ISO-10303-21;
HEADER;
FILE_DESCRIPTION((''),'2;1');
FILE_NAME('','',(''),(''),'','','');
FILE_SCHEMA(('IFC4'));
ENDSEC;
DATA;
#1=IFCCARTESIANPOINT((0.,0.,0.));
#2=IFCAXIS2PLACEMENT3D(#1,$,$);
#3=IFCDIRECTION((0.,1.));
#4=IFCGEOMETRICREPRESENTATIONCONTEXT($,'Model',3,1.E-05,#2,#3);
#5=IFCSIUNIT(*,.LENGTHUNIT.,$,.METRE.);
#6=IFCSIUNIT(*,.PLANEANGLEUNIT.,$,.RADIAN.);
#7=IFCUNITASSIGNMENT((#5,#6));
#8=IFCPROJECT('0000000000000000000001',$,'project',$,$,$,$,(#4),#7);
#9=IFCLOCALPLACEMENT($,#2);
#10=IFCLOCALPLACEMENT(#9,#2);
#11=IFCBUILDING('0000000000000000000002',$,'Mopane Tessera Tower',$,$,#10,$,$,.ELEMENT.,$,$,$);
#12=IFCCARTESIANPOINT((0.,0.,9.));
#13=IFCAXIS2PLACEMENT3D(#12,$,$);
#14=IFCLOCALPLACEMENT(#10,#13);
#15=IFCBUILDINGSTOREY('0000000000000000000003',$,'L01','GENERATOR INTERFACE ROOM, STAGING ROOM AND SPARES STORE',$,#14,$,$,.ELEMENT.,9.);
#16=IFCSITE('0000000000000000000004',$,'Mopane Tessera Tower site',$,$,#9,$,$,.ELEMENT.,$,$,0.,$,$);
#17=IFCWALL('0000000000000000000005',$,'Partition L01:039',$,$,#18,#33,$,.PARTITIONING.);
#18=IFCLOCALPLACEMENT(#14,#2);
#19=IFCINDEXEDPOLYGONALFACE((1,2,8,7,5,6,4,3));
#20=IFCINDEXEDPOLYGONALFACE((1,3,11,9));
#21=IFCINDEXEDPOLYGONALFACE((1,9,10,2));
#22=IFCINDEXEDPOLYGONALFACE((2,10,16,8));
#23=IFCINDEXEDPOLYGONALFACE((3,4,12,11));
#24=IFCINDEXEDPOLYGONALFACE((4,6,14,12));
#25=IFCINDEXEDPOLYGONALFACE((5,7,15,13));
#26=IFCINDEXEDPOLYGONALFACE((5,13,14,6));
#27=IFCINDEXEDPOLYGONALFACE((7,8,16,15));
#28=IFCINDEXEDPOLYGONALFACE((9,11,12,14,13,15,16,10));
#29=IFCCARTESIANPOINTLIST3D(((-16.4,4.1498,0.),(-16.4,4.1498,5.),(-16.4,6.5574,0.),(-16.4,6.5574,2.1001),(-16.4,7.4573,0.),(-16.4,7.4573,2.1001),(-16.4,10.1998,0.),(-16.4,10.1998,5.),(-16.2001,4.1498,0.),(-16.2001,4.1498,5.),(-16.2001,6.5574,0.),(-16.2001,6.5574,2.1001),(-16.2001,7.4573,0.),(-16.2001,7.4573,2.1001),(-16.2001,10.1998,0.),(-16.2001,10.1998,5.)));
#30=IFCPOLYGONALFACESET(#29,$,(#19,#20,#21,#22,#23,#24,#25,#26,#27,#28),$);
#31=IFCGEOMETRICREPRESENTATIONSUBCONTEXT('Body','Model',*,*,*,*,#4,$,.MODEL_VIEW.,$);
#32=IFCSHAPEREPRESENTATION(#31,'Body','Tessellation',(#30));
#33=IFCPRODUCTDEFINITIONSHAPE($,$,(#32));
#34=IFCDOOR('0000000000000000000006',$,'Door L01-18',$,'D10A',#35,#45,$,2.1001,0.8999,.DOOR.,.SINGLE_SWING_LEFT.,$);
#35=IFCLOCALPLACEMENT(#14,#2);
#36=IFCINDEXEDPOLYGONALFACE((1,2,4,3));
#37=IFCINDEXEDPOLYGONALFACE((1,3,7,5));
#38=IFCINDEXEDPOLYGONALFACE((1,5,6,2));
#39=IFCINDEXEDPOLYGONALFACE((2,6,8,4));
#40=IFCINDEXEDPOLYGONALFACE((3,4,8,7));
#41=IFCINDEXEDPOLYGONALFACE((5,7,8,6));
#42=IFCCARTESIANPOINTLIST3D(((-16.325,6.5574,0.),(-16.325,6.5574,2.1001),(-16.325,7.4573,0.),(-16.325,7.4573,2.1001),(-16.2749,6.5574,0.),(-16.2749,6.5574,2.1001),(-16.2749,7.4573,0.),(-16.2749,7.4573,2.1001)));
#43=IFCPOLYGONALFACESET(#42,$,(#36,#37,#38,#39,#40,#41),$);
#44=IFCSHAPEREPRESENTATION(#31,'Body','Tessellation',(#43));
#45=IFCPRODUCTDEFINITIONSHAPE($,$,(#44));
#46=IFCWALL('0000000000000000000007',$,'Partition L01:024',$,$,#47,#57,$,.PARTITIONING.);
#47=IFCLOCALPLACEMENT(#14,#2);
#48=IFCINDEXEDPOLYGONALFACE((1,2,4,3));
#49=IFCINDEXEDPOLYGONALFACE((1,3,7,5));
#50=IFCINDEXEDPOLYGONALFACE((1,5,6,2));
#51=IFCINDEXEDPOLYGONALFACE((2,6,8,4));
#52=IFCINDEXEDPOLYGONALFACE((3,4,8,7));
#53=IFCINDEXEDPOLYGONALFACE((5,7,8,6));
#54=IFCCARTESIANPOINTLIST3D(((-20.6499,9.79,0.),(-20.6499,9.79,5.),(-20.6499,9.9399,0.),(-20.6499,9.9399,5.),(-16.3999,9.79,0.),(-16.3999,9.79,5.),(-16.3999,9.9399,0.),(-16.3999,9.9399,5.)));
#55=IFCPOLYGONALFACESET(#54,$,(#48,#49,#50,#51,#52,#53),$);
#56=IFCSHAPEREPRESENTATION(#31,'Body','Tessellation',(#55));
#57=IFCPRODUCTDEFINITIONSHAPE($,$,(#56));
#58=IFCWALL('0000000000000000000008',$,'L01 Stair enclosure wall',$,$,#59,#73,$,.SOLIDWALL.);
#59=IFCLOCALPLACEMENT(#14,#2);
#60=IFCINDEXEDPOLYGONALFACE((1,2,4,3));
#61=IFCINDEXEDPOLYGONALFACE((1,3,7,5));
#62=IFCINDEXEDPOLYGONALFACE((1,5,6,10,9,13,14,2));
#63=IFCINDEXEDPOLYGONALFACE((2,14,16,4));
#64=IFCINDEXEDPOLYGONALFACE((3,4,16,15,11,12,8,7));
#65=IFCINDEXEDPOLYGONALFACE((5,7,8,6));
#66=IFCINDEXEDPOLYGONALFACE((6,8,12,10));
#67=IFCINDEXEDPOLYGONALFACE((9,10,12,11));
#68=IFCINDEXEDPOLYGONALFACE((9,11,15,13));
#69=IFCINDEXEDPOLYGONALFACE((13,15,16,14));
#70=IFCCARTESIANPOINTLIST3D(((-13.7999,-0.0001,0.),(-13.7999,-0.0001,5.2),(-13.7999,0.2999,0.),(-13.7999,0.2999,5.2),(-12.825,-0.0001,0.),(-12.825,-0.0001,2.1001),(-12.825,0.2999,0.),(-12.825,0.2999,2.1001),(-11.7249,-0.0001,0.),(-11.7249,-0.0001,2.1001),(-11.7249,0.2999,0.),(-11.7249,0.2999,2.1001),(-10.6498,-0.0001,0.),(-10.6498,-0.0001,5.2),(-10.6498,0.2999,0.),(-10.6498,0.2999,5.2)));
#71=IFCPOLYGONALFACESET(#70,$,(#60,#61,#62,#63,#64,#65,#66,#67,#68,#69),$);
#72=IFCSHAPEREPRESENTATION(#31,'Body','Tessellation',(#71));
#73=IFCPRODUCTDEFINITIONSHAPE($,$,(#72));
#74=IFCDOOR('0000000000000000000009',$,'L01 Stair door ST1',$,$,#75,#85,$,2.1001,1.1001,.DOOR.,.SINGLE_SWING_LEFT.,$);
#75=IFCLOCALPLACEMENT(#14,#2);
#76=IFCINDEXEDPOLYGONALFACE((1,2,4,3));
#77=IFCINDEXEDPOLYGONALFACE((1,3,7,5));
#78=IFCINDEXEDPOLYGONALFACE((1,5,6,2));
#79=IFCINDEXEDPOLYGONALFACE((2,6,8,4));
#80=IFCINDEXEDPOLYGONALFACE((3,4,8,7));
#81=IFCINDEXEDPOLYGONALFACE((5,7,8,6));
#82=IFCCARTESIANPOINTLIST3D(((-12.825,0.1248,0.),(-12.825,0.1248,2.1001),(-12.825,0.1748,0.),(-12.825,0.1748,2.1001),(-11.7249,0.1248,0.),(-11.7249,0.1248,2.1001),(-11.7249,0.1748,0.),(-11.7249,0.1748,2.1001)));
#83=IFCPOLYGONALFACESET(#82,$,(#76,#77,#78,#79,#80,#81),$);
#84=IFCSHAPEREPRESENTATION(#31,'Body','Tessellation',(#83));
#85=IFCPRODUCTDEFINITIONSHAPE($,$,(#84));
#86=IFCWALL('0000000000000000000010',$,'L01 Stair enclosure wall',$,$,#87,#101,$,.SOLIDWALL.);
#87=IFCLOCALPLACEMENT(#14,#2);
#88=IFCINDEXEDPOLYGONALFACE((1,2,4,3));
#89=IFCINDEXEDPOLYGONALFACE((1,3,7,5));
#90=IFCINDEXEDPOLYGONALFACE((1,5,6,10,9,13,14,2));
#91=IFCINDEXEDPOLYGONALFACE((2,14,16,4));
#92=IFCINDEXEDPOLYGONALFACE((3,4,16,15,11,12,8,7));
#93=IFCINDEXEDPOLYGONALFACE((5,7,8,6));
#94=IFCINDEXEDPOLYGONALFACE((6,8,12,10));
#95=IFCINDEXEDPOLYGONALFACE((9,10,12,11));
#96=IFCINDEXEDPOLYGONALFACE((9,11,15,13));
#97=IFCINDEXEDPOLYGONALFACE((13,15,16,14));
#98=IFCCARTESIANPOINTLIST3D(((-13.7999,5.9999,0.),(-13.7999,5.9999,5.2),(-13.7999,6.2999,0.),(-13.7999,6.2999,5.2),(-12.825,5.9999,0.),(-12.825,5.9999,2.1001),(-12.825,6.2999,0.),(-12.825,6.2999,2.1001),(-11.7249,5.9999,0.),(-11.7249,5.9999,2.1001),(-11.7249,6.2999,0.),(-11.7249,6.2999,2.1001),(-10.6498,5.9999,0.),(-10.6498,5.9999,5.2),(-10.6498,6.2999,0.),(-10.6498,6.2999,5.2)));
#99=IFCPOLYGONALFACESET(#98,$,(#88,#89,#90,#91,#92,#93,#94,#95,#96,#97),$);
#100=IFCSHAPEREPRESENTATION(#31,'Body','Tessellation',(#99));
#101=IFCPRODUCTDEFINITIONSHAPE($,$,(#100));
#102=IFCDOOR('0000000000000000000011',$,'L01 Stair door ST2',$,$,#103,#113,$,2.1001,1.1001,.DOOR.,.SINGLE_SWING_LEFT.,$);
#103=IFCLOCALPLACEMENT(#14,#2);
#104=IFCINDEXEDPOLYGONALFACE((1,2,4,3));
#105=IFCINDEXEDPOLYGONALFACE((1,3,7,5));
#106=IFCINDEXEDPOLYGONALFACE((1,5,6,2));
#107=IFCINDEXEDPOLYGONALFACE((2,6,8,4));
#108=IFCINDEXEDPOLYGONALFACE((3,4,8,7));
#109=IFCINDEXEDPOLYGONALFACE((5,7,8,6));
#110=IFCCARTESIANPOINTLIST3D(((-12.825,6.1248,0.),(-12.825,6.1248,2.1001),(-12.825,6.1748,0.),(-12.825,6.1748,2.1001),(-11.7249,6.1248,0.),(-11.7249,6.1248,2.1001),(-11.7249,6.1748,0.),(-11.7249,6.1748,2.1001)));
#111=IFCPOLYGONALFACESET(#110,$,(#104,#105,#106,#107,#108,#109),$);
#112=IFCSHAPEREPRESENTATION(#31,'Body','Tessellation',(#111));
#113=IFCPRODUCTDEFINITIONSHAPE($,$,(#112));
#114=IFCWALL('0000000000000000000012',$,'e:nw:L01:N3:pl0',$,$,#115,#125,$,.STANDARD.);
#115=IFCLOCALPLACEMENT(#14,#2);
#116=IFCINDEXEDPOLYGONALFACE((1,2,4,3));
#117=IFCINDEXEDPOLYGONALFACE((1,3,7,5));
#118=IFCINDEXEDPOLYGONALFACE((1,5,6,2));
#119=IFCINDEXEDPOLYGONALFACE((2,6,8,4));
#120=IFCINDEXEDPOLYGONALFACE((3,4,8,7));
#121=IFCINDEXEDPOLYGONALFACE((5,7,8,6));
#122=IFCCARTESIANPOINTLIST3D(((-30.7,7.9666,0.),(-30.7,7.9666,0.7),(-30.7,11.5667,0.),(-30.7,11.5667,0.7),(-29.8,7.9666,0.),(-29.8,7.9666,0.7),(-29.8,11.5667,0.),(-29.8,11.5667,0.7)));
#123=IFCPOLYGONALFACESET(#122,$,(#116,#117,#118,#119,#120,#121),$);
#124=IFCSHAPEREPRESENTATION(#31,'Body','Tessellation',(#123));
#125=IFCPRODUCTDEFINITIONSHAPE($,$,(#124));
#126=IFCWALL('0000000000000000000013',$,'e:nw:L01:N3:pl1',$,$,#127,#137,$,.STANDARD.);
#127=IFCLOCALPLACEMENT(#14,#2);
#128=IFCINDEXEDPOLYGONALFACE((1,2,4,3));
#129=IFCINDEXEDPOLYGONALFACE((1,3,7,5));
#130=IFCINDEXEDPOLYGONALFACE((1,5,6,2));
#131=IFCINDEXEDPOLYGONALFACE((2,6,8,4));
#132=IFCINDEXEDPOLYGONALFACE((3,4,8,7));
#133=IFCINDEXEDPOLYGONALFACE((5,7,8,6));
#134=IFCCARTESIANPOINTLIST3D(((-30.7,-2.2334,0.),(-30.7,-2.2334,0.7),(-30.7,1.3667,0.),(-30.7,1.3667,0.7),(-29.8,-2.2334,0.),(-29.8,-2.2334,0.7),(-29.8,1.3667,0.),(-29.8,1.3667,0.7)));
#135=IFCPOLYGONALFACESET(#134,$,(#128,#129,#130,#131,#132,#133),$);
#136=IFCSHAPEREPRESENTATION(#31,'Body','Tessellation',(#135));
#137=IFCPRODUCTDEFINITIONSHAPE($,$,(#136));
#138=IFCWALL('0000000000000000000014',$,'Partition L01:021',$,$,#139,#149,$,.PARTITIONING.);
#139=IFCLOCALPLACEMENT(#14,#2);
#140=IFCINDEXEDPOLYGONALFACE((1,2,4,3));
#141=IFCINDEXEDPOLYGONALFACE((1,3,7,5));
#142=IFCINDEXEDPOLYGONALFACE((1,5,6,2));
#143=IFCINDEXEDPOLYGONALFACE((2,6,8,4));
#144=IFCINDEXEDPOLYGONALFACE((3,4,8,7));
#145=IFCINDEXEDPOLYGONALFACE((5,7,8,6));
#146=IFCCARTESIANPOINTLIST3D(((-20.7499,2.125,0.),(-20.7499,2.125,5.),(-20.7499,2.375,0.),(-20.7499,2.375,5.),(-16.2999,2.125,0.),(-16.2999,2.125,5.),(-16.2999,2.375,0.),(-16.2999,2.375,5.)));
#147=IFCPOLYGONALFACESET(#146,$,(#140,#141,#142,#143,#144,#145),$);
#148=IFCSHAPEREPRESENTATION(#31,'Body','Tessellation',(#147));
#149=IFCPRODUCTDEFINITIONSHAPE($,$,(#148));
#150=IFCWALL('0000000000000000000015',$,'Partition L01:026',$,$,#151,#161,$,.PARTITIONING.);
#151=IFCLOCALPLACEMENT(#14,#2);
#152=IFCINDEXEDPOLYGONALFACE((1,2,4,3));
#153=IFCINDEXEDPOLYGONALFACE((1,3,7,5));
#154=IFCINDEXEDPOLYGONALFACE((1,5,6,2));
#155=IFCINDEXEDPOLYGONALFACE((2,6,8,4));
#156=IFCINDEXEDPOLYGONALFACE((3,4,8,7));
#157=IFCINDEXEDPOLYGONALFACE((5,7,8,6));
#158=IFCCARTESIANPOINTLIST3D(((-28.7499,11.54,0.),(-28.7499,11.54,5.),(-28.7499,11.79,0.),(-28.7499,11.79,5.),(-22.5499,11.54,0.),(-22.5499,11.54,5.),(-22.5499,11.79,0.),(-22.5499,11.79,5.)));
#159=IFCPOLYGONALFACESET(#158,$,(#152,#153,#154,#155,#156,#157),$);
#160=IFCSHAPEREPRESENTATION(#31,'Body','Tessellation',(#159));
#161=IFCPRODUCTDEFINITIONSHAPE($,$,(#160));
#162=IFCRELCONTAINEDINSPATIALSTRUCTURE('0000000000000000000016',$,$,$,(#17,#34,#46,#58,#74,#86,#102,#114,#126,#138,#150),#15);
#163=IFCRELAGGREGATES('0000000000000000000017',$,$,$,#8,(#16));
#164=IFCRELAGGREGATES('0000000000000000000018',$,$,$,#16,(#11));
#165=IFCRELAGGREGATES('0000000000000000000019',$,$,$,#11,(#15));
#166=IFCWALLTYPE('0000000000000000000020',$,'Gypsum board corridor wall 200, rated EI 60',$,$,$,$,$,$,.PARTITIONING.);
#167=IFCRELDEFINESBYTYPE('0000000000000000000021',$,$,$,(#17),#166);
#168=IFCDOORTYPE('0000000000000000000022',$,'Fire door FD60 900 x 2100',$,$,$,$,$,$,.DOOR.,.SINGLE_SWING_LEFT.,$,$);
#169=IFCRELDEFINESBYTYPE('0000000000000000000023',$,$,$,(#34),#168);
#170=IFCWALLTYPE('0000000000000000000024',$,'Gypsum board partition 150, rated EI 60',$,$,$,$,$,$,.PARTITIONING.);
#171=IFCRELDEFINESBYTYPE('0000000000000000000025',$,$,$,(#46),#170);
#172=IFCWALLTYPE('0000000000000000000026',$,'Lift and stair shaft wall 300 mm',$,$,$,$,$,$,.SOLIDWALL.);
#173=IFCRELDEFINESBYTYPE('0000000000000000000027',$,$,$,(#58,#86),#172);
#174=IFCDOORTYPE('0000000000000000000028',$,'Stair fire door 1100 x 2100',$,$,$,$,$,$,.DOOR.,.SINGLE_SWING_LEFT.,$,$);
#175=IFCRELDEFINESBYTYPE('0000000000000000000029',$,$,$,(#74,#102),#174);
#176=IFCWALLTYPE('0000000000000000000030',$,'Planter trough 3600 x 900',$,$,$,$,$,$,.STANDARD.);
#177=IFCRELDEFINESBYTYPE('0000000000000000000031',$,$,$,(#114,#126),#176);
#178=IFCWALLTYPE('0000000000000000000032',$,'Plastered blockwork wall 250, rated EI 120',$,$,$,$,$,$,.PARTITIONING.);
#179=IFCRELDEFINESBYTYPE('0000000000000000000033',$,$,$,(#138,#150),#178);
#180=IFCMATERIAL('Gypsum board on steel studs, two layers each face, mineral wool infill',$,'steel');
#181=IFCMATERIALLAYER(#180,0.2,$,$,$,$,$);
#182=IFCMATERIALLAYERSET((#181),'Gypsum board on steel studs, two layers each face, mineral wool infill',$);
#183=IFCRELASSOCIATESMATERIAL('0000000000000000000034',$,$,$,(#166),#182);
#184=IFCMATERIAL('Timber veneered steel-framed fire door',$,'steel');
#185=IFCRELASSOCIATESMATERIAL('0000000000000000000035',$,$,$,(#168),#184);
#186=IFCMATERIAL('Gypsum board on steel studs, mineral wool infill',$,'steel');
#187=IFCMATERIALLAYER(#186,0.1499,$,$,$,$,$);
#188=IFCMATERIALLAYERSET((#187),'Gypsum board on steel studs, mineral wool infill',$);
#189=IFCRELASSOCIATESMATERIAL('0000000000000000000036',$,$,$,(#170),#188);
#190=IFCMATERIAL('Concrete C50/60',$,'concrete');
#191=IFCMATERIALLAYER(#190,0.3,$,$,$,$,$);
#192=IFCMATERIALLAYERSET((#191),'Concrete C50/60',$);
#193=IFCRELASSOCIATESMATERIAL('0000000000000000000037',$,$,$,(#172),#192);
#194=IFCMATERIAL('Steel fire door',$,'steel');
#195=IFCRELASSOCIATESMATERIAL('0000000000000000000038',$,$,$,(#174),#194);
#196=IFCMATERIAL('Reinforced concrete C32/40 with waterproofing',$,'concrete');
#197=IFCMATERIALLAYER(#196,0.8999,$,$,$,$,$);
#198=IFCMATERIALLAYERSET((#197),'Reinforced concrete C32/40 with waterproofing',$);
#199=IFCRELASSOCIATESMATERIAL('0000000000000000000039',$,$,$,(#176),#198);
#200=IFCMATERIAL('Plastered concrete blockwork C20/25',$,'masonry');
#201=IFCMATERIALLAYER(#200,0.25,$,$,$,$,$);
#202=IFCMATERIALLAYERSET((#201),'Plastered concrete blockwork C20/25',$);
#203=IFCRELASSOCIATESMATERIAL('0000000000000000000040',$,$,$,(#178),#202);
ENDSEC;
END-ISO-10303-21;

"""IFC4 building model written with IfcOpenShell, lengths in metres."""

from ifc_helpers import new_model, si_unit, direction, frame, frame_2d, origin, place, context, subcontext, project, spatial, rectangle, extrude, material, layer, layer_set, type_object, element, fill, save


model = new_model("IFC4")

# Units and contexts
model_context = context("Model", 3, precision=1e-05, world=origin(), true_north=direction((0.0, 1.0)))
body_context = subcontext(model_context, "Body", "Model", "MODEL_VIEW")
ifc_project = project(units=[si_unit("LENGTHUNIT", "METRE"), si_unit("PLANEANGLEUNIT", "RADIAN")], contexts=[model_context])

# Site, building, storey
site_placement = place(None, origin())
site = spatial("IfcSite", under=ifc_project, at=site_placement, Name="Mopane Tessera Tower site", CompositionType="ELEMENT", RefElevation=0.0)
building_placement = place(site_placement, origin())
building = spatial("IfcBuilding", under=site, at=building_placement, Name="Mopane Tessera Tower", CompositionType="ELEMENT")
storey_placement = place(building_placement, frame((0.0, 0.0, 9.0)))
storey = spatial("IfcBuildingStorey", under=building, at=storey_placement, Name="L01", Description="GENERATOR INTERFACE ROOM, STAGING ROOM AND SPARES STORE", CompositionType="ELEMENT", Elevation=9.0)

# Shared definitions
ifc_material_1 = material(Name="Gypsum board on steel studs, two layers each face, mineral wool infill", Category="steel")
ifc_layer_1 = layer(ifc_material_1, 0.2)
ifc_layer_set_1 = layer_set([ifc_layer_1], Name="Gypsum board on steel studs, two layers each face, mineral wool infill")
wall_type_1 = type_object("IfcWallType", Name="Gypsum board corridor wall 200, rated EI 60", PredefinedType="PARTITIONING", material=ifc_layer_set_1)

# Wall, opening, door
wall_1_placement = place(storey_placement, frame((-16.3, 4.1499, 0.0), z_axis=(0.0, 0.0, 1.0), x_axis=(0.0, 1.0, 0.0)))
wall_1 = element("IfcWall", 1, at=wall_1_placement, inside=storey, type_object=wall_type_1, Name="Partition L01:039", PredefinedType="PARTITIONING", context=body_context, shape_type="SweptSolid", body=[
    extrude(rectangle(XDim=6.05, YDim=0.2, at=frame_2d((3.0249, 0.0))), origin(), (0.0, 0.0, 1.0), 5.0),
])
opening_1_placement = place(wall_1_placement, frame((2.4075, 0.0, 0.0)))
opening_1 = element("IfcOpeningElement", 2, at=opening_1_placement, cuts=wall_1, PredefinedType="OPENING", context=body_context, shape_type="SweptSolid", body=[
    extrude(rectangle(XDim=0.8999, YDim=2.1001, at=frame_2d((0.45, 1.05))), frame((0.0, 0.1121, 0.0), z_axis=(0.0, -1.0, 0.0), x_axis=(1.0, 0.0, 0.0)), (0.0, 0.0, 1.0), 0.2239),
])
ifc_material_2 = material(Name="Timber veneered steel-framed fire door", Category="steel")
door_type_1 = type_object("IfcDoorType", Name="Fire door FD60 900 x 2100", OperationType="SINGLE_SWING_LEFT", PredefinedType="DOOR", material=ifc_material_2)
door_1_placement = place(opening_1_placement, origin())
door_1 = element("IfcDoor", 3, at=door_1_placement, inside=storey, type_object=door_type_1, Name="Door L01-18", ObjectType="D10A", OperationType="SINGLE_SWING_LEFT", OverallHeight=2.1001, OverallWidth=0.8999, PredefinedType="DOOR", context=body_context, shape_type="SweptSolid", body=[
    extrude(rectangle(XDim=0.8999, YDim=2.1001, at=frame_2d((0.45, 1.05))), frame((0.0, 0.0249, 0.0), z_axis=(0.0, -1.0, 0.0), x_axis=(1.0, 0.0, 0.0)), (0.0, 0.0, 1.0), 0.05),
])
fill(opening_1, door_1)

# Wall
ifc_material_3 = material(Name="Gypsum board on steel studs, mineral wool infill", Category="steel")
ifc_layer_2 = layer(ifc_material_3, 0.1499)
ifc_layer_set_2 = layer_set([ifc_layer_2], Name="Gypsum board on steel studs, mineral wool infill")
wall_type_2 = type_object("IfcWallType", Name="Gypsum board partition 150, rated EI 60", PredefinedType="PARTITIONING", material=ifc_layer_set_2)
wall_2_placement = place(storey_placement, frame((-20.6499, 9.865, 0.0), z_axis=(0.0, 0.0, 1.0), x_axis=(1.0, 0.0, 0.0)))
element("IfcWall", 4, at=wall_2_placement, inside=storey, type_object=wall_type_2, Name="Partition L01:024", PredefinedType="PARTITIONING", context=body_context, shape_type="SweptSolid", body=[
    extrude(rectangle(XDim=4.25, YDim=0.1499, at=frame_2d((2.125, 0.0))), origin(), (0.0, 0.0, 1.0), 5.0),
])

# Walls, openings, doors
ifc_material_4 = material(Name="Concrete C50/60", Category="concrete")
ifc_layer_3 = layer(ifc_material_4, 0.3)
ifc_layer_set_3 = layer_set([ifc_layer_3], Name="Concrete C50/60")
wall_type_3 = type_object("IfcWallType", Name="Lift and stair shaft wall 300 mm", PredefinedType="SOLIDWALL", material=ifc_layer_set_3)
wall_3_placement = place(storey_placement, frame((-13.8, 0.1499, 0.0), z_axis=(0.0, 0.0, 1.0), x_axis=(1.0, 0.0, 0.0)))
wall_3 = element("IfcWall", 5, at=wall_3_placement, inside=storey, type_object=wall_type_3, Name="L01 Stair enclosure wall", PredefinedType="SOLIDWALL", context=body_context, shape_type="SweptSolid", body=[
    extrude(rectangle(XDim=3.1501, YDim=0.3, at=frame_2d((1.5752, 0.0))), origin(), (0.0, 0.0, 1.0), 5.2),
])
opening_2_placement = place(wall_3_placement, frame((0.9751, 0.0, 0.0)))
opening_2 = element("IfcOpeningElement", 6, at=opening_2_placement, cuts=wall_3, PredefinedType="OPENING", context=body_context, shape_type="SweptSolid", body=[
    extrude(rectangle(XDim=1.1001, YDim=2.1001, at=frame_2d((0.55, 1.05))), frame((0.0, 0.1621, 0.0), z_axis=(0.0, -1.0, 0.0), x_axis=(1.0, 0.0, 0.0)), (0.0, 0.0, 1.0), 0.324),
])
ifc_material_5 = material(Name="Steel fire door", Category="steel")
door_type_2 = type_object("IfcDoorType", Name="Stair fire door 1100 x 2100", OperationType="SINGLE_SWING_LEFT", PredefinedType="DOOR", material=ifc_material_5)
door_2_placement = place(opening_2_placement, origin())
door_2 = element("IfcDoor", 7, at=door_2_placement, inside=storey, type_object=door_type_2, Name="L01 Stair door ST1", OperationType="SINGLE_SWING_LEFT", OverallHeight=2.1001, OverallWidth=1.1001, PredefinedType="DOOR", context=body_context, shape_type="SweptSolid", body=[
    extrude(rectangle(XDim=1.1001, YDim=2.1001, at=frame_2d((0.55, 1.05))), frame((0.0, 0.0249, 0.0), z_axis=(0.0, -1.0, 0.0), x_axis=(1.0, 0.0, 0.0)), (0.0, 0.0, 1.0), 0.05),
])
fill(opening_2, door_2)
wall_4_placement = place(storey_placement, frame((-13.8, 6.1499, 0.0), z_axis=(0.0, 0.0, 1.0), x_axis=(1.0, 0.0, 0.0)))
wall_4 = element("IfcWall", 8, at=wall_4_placement, inside=storey, type_object=wall_type_3, Name="L01 Stair enclosure wall", PredefinedType="SOLIDWALL", context=body_context, shape_type="SweptSolid", body=[
    extrude(rectangle(XDim=3.1501, YDim=0.3, at=frame_2d((1.5752, 0.0))), origin(), (0.0, 0.0, 1.0), 5.2),
])
opening_3_placement = place(wall_4_placement, frame((0.9751, 0.0, 0.0)))
opening_3 = element("IfcOpeningElement", 9, at=opening_3_placement, cuts=wall_4, PredefinedType="OPENING", context=body_context, shape_type="SweptSolid", body=[
    extrude(rectangle(XDim=1.1001, YDim=2.1001, at=frame_2d((0.55, 1.05))), frame((0.0, 0.1621, 0.0), z_axis=(0.0, -1.0, 0.0), x_axis=(1.0, 0.0, 0.0)), (0.0, 0.0, 1.0), 0.324),
])
door_3_placement = place(opening_3_placement, origin())
door_3 = element("IfcDoor", 10, at=door_3_placement, inside=storey, type_object=door_type_2, Name="L01 Stair door ST2", OperationType="SINGLE_SWING_LEFT", OverallHeight=2.1001, OverallWidth=1.1001, PredefinedType="DOOR", context=body_context, shape_type="SweptSolid", body=[
    extrude(rectangle(XDim=1.1001, YDim=2.1001, at=frame_2d((0.55, 1.05))), frame((0.0, 0.0249, 0.0), z_axis=(0.0, -1.0, 0.0), x_axis=(1.0, 0.0, 0.0)), (0.0, 0.0, 1.0), 0.05),
])
fill(opening_3, door_3)

# Walls
ifc_material_6 = material(Name="Reinforced concrete C32/40 with waterproofing", Category="concrete")
ifc_layer_4 = layer(ifc_material_6, 0.8999)
ifc_layer_set_4 = layer_set([ifc_layer_4], Name="Reinforced concrete C32/40 with waterproofing")
wall_type_4 = type_object("IfcWallType", Name="Planter trough 3600 x 900", PredefinedType="STANDARD", material=ifc_layer_set_4)
for number, where, z_axis, x_axis, name in (
    (11, (-30.25, 11.5667, 0.0), (0.0, 0.0, 1.0), (0.0, -1.0, 0.0), "e:nw:L01:N3:pl0"),
    (12, (-30.25, 1.3667, 0.0), (0.0, 0.0, 1.0), (0.0, -1.0, 0.0), "e:nw:L01:N3:pl1"),
):
    element("IfcWall", number, at=place(storey_placement, frame(where, z_axis=z_axis, x_axis=x_axis)), inside=storey, type_object=wall_type_4, Name=name, PredefinedType="STANDARD", context=body_context, shape_type="SweptSolid", body=[
        extrude(rectangle(XDim=3.6001, YDim=0.8999, at=frame_2d((1.8, 0.0))), origin(), (0.0, 0.0, 1.0), 0.7),
    ])
ifc_material_7 = material(Name="Plastered concrete blockwork C20/25", Category="masonry")
ifc_layer_5 = layer(ifc_material_7, 0.25)
ifc_layer_set_5 = layer_set([ifc_layer_5], Name="Plastered concrete blockwork C20/25")
wall_type_5 = type_object("IfcWallType", Name="Plastered blockwork wall 250, rated EI 120", PredefinedType="PARTITIONING", material=ifc_layer_set_5)
wall_5_placement = place(storey_placement, frame((-20.75, 2.25, 0.0), z_axis=(0.0, 0.0, 1.0), x_axis=(1.0, 0.0, 0.0)))
element("IfcWall", 13, at=wall_5_placement, inside=storey, type_object=wall_type_5, Name="Partition L01:021", PredefinedType="PARTITIONING", context=body_context, shape_type="SweptSolid", body=[
    extrude(rectangle(XDim=4.45, YDim=0.25, at=frame_2d((2.2251, 0.0))), origin(), (0.0, 0.0, 1.0), 5.0),
])
wall_6_placement = place(storey_placement, frame((-28.75, 11.665, 0.0), z_axis=(0.0, 0.0, 1.0), x_axis=(1.0, 0.0, 0.0)))
element("IfcWall", 14, at=wall_6_placement, inside=storey, type_object=wall_type_5, Name="Partition L01:026", PredefinedType="PARTITIONING", context=body_context, shape_type="SweptSolid", body=[
    extrude(rectangle(XDim=6.2, YDim=0.25, at=frame_2d((3.1001, 0.0))), origin(), (0.0, 0.0, 1.0), 5.0),
])

save(model, "model.ifc")
